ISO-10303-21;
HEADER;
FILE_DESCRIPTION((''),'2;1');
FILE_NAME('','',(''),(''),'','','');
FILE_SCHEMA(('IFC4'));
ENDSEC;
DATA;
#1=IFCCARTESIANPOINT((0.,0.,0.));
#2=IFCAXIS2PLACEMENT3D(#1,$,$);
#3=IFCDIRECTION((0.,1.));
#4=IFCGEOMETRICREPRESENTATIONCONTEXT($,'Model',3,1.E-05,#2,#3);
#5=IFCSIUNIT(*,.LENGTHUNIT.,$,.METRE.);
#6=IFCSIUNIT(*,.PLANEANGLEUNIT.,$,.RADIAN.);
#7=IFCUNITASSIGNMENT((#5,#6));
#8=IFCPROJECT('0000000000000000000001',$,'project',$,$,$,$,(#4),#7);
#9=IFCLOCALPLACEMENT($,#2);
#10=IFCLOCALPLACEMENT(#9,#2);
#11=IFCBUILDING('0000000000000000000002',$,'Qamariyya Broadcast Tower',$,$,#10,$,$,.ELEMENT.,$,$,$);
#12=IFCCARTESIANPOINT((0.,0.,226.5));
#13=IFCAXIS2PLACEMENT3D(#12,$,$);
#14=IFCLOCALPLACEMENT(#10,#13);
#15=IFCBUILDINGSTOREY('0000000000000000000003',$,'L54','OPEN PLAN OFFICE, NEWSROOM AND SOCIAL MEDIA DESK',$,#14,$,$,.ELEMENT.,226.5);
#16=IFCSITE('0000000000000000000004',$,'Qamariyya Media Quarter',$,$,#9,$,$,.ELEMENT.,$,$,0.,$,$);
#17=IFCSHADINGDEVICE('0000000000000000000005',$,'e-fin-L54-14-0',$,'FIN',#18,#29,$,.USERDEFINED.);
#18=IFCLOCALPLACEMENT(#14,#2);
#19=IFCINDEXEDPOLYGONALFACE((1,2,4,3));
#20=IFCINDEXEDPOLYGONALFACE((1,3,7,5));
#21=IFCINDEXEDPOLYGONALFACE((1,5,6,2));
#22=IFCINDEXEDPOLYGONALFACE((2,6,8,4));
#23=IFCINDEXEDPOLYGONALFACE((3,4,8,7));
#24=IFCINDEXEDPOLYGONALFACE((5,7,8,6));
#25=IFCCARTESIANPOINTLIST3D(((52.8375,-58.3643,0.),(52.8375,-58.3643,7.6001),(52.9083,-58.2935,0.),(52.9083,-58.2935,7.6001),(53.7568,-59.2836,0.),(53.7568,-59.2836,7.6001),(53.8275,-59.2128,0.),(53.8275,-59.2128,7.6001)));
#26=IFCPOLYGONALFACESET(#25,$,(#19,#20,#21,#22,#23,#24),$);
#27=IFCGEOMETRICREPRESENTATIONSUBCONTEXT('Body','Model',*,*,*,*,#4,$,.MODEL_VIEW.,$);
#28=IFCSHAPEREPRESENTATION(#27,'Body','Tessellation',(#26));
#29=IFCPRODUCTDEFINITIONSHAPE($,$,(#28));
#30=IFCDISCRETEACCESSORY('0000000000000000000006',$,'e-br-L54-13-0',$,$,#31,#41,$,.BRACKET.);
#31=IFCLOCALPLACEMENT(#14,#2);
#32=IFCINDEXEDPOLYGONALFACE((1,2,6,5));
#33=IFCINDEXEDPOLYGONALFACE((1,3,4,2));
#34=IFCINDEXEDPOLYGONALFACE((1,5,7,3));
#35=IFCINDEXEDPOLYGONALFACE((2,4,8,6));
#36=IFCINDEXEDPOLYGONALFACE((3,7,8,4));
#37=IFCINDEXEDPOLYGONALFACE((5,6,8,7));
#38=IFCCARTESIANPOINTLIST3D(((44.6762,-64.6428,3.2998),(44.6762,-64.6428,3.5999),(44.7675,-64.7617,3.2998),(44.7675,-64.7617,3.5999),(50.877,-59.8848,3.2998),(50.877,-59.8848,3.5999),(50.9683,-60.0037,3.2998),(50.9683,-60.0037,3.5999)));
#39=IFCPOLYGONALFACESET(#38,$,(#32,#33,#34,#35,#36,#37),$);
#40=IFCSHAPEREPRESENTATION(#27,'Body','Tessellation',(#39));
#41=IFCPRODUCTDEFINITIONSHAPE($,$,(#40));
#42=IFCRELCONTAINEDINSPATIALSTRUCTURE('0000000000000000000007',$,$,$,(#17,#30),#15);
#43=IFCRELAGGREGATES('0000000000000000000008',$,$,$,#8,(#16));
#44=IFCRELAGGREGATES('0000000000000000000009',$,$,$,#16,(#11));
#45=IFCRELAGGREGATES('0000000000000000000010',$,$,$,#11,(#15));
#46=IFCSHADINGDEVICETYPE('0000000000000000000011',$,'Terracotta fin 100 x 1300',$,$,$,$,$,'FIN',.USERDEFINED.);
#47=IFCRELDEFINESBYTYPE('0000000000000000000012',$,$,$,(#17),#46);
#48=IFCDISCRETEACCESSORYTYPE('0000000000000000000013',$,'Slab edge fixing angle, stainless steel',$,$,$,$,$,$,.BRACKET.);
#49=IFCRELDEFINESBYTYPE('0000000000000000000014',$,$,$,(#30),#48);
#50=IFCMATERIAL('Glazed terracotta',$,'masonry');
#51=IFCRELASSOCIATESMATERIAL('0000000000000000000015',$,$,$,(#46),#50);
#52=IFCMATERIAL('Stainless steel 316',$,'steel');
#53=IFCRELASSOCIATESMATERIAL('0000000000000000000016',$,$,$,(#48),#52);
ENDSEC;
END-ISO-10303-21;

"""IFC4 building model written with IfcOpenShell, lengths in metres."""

from ifc_helpers import new_model, si_unit, direction, frame, origin, origin_2d, place, context, subcontext, project, spatial, rectangle, extrude, material, material_profile, profile_set, type_object, element, save


model = new_model("IFC4")

# Units and contexts
model_context = context("Model", 3, precision=1e-05, world=origin(), true_north=direction((0.0, 1.0)))
body_context = subcontext(model_context, "Body", "Model", "MODEL_VIEW")
ifc_project = project(units=[si_unit("LENGTHUNIT", "METRE"), si_unit("PLANEANGLEUNIT", "RADIAN")], contexts=[model_context])

# Site, building, storey
site_placement = place(None, origin())
site = spatial("IfcSite", under=ifc_project, at=site_placement, Name="Qamariyya Media Quarter", CompositionType="ELEMENT", RefElevation=0.0)
building_placement = place(site_placement, origin())
building = spatial("IfcBuilding", under=site, at=building_placement, Name="Qamariyya Broadcast Tower", CompositionType="ELEMENT")
storey_placement = place(building_placement, frame((0.0, 0.0, 226.5)))
storey = spatial("IfcBuildingStorey", under=building, at=storey_placement, Name="L54", Description="OPEN PLAN OFFICE, NEWSROOM AND SOCIAL MEDIA DESK", CompositionType="ELEMENT", Elevation=226.5)

# Shading device
ifc_material_1 = material(Name="Glazed terracotta", Category="masonry")
ifc_material_profile_1 = material_profile(ifc_material_1, rectangle(XDim=1.3, YDim=0.1001, at=origin_2d()))
ifc_profile_set_1 = profile_set([ifc_material_profile_1], Name="Glazed terracotta")
shading_device_type_1 = type_object("IfcShadingDeviceType", Name="Terracotta fin 100 x 1300", ElementType="FIN", PredefinedType="USERDEFINED", material=ifc_profile_set_1)
for number, where, z_axis, x_axis, name in (
    (1, (53.3325, -58.7886, 0.0), (0.0, 0.0, 1.0), (0.707107, -0.707107, 0.0), "e-fin-L54-14-0"),
):
    element("IfcShadingDevice", number, at=place(storey_placement, frame(where, z_axis=z_axis, x_axis=x_axis)), inside=storey, type_object=shading_device_type_1, Name=name, ObjectType="FIN", PredefinedType="USERDEFINED", context=body_context, shape_type="SweptSolid", body=[
        extrude(rectangle(XDim=1.3, YDim=0.1001, at=origin_2d()), origin(), (0.0, 0.0, 1.0), 7.6001),
    ])

# Discrete accessory
ifc_material_2 = material(Name="Stainless steel 316", Category="steel")
discrete_accessory_type = type_object("IfcDiscreteAccessoryType", Name="Slab edge fixing angle, stainless steel", PredefinedType="BRACKET", material=ifc_material_2)
discrete_accessory_placement = place(storey_placement, frame((47.8223, -62.3232, 3.2998), z_axis=(0.0, 0.0, 1.0), x_axis=(0.793353, 0.608761, 0.0)))
element("IfcDiscreteAccessory", 2, at=discrete_accessory_placement, inside=storey, type_object=discrete_accessory_type, Name="e-br-L54-13-0", PredefinedType="BRACKET", context=body_context, shape_type="SweptSolid", body=[
    extrude(rectangle(XDim=7.8159, YDim=0.1499, at=origin_2d()), origin(), (0.0, 0.0, 1.0), 0.3),
])

save(model, "model.ifc")
